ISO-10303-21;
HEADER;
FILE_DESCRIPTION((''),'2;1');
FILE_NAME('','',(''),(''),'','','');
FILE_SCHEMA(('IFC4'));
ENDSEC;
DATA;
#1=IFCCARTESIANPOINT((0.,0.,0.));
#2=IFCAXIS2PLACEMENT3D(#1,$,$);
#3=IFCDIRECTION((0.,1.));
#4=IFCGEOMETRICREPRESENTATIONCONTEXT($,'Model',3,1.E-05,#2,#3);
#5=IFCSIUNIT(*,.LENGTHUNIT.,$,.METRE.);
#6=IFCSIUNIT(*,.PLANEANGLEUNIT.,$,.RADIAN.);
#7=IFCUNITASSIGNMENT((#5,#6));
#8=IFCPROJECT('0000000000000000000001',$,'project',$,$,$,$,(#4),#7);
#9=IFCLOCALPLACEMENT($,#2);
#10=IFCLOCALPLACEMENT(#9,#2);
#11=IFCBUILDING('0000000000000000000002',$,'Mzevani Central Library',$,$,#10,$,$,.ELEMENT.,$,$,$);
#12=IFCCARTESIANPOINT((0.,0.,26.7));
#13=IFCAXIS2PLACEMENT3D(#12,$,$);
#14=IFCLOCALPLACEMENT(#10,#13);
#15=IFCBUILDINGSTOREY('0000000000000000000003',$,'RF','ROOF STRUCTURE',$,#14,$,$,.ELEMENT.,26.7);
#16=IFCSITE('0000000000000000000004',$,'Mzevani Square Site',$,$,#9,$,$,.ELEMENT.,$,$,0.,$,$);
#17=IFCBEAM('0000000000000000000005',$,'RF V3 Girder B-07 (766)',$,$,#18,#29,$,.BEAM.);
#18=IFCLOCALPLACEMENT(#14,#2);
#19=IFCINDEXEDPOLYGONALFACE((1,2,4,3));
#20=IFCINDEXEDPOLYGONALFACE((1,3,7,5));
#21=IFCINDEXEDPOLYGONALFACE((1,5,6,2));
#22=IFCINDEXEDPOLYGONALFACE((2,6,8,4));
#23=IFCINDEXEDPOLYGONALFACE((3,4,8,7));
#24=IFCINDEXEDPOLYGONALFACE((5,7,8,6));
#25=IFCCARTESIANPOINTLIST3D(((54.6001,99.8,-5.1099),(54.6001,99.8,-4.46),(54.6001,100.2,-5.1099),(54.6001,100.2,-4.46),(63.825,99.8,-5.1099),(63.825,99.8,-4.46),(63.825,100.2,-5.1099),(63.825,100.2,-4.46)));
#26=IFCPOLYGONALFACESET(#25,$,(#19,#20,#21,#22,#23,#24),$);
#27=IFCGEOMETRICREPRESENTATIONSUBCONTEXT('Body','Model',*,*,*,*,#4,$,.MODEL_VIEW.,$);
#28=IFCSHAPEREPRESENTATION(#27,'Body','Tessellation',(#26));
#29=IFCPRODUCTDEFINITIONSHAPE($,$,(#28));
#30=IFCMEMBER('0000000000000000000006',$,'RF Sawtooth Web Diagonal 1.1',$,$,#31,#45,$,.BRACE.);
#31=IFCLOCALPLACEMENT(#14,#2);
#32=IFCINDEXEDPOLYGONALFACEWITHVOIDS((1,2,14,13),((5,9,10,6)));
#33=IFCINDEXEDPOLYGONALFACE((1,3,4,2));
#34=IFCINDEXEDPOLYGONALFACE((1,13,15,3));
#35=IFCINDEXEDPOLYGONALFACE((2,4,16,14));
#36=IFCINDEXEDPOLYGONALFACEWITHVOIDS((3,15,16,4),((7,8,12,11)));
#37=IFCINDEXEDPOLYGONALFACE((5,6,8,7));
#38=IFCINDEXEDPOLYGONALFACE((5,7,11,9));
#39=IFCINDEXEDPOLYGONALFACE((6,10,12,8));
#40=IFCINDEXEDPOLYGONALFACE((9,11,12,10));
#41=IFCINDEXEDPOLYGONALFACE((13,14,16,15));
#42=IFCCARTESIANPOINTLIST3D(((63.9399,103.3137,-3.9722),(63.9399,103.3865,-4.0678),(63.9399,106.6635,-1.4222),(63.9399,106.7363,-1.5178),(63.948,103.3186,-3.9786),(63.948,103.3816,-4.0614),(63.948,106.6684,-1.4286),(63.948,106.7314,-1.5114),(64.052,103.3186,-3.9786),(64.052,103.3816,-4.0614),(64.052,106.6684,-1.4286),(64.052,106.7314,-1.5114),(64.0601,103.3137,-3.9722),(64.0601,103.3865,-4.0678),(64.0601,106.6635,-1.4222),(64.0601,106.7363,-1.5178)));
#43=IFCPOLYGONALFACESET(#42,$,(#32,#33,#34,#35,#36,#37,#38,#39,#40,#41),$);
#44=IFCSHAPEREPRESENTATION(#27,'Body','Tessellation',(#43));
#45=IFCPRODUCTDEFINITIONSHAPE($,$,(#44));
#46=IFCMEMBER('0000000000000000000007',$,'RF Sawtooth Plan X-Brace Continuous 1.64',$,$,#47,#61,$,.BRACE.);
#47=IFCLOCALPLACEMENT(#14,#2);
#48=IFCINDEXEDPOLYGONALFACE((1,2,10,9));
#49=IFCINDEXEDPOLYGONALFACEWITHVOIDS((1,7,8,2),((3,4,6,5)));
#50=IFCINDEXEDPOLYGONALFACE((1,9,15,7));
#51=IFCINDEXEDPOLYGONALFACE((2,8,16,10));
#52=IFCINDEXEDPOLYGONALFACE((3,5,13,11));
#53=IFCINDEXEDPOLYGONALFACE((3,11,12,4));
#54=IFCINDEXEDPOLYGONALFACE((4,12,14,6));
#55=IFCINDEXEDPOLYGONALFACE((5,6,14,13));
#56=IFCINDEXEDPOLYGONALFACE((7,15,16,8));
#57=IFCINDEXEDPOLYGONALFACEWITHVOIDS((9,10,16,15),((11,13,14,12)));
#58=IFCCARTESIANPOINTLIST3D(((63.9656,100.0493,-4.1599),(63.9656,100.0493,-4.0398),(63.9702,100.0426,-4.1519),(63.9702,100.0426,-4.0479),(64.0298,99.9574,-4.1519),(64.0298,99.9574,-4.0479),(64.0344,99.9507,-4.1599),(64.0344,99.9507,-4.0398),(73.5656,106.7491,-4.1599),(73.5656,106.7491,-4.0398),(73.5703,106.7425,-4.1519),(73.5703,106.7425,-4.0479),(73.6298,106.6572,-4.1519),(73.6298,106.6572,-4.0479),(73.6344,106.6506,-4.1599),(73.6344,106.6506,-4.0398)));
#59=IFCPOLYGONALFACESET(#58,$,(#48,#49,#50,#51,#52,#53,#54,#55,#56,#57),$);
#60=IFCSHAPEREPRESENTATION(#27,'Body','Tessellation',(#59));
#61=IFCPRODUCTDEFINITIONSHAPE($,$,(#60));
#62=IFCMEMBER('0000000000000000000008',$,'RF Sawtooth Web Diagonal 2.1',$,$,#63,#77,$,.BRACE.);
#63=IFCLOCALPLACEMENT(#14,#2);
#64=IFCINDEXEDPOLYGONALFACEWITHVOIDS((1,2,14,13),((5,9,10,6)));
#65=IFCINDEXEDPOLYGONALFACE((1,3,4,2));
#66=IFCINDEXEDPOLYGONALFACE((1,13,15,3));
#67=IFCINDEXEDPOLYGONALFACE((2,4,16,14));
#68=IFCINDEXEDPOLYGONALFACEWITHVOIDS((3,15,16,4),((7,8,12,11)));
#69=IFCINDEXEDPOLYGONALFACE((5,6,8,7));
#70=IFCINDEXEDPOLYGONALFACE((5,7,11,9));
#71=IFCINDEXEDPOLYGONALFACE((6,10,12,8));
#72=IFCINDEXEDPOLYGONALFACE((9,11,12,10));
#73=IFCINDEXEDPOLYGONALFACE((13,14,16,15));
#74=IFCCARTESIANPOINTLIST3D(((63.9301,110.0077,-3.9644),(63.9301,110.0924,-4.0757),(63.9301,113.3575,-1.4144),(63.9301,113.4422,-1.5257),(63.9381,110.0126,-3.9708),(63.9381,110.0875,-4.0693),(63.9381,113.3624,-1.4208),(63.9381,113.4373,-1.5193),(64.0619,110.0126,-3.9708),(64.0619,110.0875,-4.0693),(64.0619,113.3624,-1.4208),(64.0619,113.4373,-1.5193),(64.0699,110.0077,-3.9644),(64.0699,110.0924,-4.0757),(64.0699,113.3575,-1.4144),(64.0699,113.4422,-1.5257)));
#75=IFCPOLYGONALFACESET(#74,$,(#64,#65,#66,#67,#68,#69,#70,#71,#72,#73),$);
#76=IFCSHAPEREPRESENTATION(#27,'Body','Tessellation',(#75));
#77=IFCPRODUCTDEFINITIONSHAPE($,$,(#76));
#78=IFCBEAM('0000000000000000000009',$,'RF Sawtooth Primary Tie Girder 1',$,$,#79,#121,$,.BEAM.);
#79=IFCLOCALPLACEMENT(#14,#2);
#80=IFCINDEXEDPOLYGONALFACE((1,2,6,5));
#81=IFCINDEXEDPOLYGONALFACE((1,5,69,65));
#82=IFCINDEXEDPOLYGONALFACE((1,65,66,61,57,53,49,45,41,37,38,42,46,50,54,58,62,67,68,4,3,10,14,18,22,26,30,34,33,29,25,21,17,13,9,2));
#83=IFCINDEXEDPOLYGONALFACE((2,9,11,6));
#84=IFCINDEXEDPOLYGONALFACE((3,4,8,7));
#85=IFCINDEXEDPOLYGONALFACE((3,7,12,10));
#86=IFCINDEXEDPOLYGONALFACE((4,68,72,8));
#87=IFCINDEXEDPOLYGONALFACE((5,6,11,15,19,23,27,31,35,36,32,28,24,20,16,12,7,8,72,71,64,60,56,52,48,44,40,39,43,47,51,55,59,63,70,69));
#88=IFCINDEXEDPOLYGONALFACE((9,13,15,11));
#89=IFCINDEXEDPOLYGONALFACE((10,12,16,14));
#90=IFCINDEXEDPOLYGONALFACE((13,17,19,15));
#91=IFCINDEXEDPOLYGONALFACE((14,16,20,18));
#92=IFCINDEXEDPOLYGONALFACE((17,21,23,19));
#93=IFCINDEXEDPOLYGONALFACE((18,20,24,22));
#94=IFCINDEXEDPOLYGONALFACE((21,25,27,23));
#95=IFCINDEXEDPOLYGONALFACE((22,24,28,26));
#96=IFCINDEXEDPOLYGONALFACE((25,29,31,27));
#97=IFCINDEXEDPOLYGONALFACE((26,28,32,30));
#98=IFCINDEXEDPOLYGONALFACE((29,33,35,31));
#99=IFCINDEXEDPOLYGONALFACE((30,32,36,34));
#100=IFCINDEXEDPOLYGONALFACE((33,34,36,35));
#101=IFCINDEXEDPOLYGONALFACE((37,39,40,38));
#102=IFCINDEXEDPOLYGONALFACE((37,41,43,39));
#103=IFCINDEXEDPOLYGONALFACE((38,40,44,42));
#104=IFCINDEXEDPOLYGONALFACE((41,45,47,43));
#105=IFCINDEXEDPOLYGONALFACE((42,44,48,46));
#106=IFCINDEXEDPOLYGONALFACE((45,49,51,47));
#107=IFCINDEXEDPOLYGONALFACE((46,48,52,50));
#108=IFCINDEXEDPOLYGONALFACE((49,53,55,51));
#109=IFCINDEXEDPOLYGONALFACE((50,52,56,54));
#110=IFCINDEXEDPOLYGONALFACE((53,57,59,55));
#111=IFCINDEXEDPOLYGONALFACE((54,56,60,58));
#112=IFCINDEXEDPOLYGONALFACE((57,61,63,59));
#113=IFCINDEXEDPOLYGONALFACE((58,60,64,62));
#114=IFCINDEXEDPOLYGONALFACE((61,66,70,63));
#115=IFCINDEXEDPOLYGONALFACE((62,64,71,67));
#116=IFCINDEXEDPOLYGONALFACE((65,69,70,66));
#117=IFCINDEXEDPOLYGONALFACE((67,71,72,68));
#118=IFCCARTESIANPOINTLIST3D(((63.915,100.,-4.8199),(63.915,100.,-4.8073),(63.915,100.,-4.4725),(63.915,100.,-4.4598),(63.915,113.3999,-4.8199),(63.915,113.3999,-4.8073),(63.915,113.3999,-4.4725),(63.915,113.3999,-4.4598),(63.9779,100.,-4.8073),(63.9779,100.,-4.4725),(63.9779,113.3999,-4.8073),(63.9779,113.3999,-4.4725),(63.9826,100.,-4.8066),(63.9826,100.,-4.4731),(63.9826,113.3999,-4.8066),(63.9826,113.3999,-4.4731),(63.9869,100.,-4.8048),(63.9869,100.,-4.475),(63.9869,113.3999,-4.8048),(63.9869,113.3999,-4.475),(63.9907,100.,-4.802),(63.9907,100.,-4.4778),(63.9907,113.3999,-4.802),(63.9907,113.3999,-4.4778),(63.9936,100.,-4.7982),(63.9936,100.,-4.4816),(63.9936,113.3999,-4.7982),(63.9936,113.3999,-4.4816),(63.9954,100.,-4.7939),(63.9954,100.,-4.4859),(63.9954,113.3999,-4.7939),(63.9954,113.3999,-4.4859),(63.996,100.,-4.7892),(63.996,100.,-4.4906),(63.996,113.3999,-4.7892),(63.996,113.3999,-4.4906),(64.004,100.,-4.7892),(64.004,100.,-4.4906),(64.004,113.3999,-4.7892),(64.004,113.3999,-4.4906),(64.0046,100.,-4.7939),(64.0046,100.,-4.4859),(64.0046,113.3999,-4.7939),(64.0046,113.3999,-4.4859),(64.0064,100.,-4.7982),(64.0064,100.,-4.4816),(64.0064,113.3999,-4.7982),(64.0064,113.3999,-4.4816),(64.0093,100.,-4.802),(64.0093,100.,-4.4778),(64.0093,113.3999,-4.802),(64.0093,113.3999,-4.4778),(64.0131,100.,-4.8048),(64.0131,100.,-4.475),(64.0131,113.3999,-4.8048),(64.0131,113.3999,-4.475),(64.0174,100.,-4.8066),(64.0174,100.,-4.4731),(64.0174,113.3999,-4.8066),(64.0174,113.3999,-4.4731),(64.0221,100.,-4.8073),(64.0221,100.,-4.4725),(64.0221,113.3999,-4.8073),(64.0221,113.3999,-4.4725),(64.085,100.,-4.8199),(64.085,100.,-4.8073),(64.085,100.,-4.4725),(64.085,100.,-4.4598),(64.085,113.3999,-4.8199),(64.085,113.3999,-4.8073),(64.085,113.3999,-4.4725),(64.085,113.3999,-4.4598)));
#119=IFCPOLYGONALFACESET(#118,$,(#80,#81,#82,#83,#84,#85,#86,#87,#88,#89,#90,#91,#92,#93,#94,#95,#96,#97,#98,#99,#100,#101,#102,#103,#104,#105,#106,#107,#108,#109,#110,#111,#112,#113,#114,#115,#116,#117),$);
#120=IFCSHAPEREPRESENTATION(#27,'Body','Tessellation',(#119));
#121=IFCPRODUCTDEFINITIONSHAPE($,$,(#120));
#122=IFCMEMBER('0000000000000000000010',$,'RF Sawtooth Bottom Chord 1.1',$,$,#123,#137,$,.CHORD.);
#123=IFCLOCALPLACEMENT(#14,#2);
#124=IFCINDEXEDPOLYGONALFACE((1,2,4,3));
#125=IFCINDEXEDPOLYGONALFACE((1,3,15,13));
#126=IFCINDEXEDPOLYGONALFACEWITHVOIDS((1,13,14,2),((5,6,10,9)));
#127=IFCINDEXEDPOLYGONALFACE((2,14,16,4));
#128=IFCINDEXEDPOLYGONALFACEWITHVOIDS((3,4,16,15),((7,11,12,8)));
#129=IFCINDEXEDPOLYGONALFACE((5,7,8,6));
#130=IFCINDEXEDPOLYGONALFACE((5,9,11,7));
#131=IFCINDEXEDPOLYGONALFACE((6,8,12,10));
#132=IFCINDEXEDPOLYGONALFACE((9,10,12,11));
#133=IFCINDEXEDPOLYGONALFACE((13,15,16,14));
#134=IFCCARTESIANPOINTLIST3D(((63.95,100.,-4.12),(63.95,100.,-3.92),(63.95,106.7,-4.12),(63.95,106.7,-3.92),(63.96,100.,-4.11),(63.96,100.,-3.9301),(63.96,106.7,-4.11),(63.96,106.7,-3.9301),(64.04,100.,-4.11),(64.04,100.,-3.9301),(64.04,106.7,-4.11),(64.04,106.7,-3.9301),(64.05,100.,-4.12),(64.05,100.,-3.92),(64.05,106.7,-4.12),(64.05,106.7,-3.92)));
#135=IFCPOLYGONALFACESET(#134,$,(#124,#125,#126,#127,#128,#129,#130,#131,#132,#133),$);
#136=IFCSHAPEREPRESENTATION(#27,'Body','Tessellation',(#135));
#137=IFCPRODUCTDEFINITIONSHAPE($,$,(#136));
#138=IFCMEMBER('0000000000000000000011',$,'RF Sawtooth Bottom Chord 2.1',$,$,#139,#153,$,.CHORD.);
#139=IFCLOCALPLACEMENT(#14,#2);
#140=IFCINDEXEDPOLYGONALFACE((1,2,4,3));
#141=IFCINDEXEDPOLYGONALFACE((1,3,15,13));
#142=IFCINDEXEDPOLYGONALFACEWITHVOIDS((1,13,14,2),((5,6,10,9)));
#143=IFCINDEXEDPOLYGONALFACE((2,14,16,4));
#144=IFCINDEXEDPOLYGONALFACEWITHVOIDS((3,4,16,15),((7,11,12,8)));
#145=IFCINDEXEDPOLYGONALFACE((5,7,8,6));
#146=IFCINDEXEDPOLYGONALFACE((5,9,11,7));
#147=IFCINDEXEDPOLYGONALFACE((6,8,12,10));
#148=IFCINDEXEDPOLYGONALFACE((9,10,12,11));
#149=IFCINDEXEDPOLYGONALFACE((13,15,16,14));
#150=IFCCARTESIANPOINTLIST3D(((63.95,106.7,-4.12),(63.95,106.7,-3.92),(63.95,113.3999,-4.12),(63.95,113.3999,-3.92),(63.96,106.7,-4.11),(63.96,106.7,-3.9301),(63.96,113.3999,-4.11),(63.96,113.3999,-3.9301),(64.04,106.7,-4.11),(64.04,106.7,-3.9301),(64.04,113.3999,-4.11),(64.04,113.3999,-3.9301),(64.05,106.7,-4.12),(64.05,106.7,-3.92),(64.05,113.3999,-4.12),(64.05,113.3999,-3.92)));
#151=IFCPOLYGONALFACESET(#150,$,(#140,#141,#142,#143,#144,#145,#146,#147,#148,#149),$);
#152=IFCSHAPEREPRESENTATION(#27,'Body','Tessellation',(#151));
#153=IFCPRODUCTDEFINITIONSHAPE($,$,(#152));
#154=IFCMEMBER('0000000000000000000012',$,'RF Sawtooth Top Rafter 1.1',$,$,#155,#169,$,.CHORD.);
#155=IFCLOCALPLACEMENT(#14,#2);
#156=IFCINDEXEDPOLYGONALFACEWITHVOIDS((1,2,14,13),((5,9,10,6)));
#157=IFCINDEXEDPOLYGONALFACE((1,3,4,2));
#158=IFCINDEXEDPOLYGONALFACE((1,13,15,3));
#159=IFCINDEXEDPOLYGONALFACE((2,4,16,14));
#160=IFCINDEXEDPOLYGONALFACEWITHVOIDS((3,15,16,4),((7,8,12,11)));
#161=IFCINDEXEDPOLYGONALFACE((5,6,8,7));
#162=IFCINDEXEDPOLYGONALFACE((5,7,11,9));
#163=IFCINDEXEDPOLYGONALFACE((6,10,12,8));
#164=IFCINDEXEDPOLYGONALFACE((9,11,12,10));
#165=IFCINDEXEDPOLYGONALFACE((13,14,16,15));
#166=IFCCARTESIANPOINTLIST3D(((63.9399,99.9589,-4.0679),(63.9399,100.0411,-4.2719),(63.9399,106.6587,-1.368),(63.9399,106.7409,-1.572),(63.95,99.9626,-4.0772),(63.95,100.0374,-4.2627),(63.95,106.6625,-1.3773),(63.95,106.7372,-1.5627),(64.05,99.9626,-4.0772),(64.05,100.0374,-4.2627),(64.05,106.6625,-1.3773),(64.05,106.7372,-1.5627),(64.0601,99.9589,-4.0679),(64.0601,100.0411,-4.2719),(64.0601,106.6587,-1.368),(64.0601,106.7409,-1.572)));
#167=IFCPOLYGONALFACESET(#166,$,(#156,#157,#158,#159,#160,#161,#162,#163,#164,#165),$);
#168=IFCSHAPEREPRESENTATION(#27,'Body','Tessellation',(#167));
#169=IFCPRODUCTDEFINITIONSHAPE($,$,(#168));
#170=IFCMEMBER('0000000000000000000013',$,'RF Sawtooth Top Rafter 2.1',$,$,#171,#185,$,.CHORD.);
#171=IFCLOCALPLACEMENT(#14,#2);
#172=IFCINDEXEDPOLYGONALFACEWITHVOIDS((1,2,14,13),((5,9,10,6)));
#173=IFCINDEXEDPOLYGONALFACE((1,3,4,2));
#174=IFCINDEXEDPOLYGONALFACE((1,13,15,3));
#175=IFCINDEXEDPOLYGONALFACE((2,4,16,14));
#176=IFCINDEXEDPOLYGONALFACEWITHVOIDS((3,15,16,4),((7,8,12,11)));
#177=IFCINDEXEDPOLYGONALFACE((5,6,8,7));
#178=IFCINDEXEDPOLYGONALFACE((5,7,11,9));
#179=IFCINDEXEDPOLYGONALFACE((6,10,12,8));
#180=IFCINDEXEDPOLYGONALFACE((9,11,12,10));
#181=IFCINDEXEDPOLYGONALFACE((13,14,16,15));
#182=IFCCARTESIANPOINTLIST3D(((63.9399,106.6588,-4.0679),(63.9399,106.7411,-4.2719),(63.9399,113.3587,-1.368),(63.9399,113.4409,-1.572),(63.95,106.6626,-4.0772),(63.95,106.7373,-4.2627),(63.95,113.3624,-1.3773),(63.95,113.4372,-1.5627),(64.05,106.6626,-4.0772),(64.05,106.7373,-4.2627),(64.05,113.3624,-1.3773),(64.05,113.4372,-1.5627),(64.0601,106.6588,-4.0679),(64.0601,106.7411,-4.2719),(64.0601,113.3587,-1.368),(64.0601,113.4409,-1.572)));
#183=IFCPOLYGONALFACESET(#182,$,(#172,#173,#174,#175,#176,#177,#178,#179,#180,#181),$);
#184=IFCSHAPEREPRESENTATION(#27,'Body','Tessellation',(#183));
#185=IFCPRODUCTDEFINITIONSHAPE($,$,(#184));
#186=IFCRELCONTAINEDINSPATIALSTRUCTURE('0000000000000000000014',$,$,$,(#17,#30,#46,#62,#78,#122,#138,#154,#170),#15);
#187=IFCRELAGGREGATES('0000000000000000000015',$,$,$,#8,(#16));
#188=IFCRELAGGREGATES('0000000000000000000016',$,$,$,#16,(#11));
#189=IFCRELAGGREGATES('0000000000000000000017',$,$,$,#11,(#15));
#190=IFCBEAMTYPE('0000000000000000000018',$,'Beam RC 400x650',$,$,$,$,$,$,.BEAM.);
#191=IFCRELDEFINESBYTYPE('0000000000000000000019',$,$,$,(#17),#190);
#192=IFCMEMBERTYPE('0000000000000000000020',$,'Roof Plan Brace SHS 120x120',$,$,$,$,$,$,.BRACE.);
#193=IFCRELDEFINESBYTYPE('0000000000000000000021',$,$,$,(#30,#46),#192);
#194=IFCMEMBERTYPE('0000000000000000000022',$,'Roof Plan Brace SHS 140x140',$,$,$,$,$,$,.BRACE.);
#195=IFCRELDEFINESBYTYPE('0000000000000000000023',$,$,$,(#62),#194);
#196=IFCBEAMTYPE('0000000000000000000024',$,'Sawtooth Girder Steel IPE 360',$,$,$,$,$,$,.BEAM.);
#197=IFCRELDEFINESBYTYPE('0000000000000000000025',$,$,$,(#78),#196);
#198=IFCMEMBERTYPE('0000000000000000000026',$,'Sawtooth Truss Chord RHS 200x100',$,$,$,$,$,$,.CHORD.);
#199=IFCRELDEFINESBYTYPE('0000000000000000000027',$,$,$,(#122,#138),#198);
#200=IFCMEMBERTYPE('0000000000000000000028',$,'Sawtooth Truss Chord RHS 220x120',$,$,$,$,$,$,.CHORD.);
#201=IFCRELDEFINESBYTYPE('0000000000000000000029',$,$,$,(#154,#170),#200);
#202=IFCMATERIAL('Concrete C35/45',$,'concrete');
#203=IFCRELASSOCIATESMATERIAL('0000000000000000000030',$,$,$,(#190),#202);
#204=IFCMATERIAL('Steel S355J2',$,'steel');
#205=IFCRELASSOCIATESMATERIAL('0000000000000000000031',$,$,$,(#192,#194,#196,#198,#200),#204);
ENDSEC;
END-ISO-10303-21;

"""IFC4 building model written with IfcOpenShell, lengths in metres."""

from ifc_helpers import new_model, si_unit, direction, frame, origin, origin_2d, place, context, subcontext, project, spatial, rectangle, hollow_rectangle, i_section, extrude, material, material_profile, profile_set, type_object, element, save


model = new_model("IFC4")

# Units and contexts
model_context = context("Model", 3, precision=1e-05, world=origin(), true_north=direction((0.0, 1.0)))
body_context = subcontext(model_context, "Body", "Model", "MODEL_VIEW")
ifc_project = project(units=[si_unit("LENGTHUNIT", "METRE"), si_unit("PLANEANGLEUNIT", "RADIAN")], contexts=[model_context])

# Site, building, storey
site_placement = place(None, origin())
site = spatial("IfcSite", under=ifc_project, at=site_placement, Name="Mzevani Square Site", CompositionType="ELEMENT", RefElevation=0.0)
building_placement = place(site_placement, origin())
building = spatial("IfcBuilding", under=site, at=building_placement, Name="Mzevani Central Library", CompositionType="ELEMENT")
storey_placement = place(building_placement, frame((0.0, 0.0, 26.7)))
storey = spatial("IfcBuildingStorey", under=building, at=storey_placement, Name="RF", Description="ROOF STRUCTURE", CompositionType="ELEMENT", Elevation=26.7)

# Beam
ifc_material_1 = material(Name="Concrete C35/45", Category="concrete")
ifc_material_profile_1 = material_profile(ifc_material_1, rectangle(XDim=0.3999, YDim=0.6499, at=origin_2d()), Name="RC B400x650")
ifc_profile_set_1 = profile_set([ifc_material_profile_1], Name="Concrete C35/45")
beam_type_1 = type_object("IfcBeamType", Name="Beam RC 400x650", PredefinedType="BEAM", material=ifc_profile_set_1)
beam_1_placement = place(storey_placement, frame((54.6001, 100.0, -4.7849), z_axis=(1.0, 0.0, 0.0), x_axis=(0.0, 1.0, 0.0)))
element("IfcBeam", 1, at=beam_1_placement, inside=storey, type_object=beam_type_1, Name="RF V3 Girder B-07 (766)", PredefinedType="BEAM", context=body_context, shape_type="SweptSolid", body=[
    extrude(rectangle(XDim=0.3999, YDim=0.6499, at=origin_2d()), origin(), (0.0, 0.0, 1.0), 9.2249),
])

# Members
ifc_material_2 = material(Name="Steel S355J2", Category="steel")
ifc_material_profile_2 = material_profile(ifc_material_2, hollow_rectangle(XDim=0.1201, YDim=0.1201, WallThickness=0.0081, at=origin_2d()), Name="SHS 120x120x8.0")
ifc_profile_set_2 = profile_set([ifc_material_profile_2], Name="Steel S355J2")
member_type_1 = type_object("IfcMemberType", Name="Roof Plan Brace SHS 120x120", PredefinedType="BRACE", material=ifc_profile_set_2)
member_1_placement = place(storey_placement, frame((64.0, 103.3501, -4.02), z_axis=(0.0, 0.795686, 0.605709), x_axis=(-1.0, 0.0, 0.0)))
element("IfcMember", 2, at=member_1_placement, inside=storey, type_object=member_type_1, Name="RF Sawtooth Web Diagonal 1.1", PredefinedType="BRACE", context=body_context, shape_type="SweptSolid", body=[
    extrude(hollow_rectangle(XDim=0.1201, YDim=0.1201, WallThickness=0.0081, at=origin_2d()), origin(), (0.0, 0.0, 1.0), 4.21),
])
member_2_placement = place(storey_placement, frame((64.0, 100.0, -4.0999), z_axis=(0.820038, 0.572308, 0.0), x_axis=(-0.572308, 0.820038, 0.0)))
element("IfcMember", 3, at=member_2_placement, inside=storey, type_object=member_type_1, Name="RF Sawtooth Plan X-Brace Continuous 1.64", PredefinedType="BRACE", context=body_context, shape_type="SweptSolid", body=[
    extrude(hollow_rectangle(XDim=0.1201, YDim=0.1201, WallThickness=0.0081, at=origin_2d()), origin(), (0.0, 0.0, 1.0), 11.7068),
])
ifc_material_profile_3 = material_profile(ifc_material_2, hollow_rectangle(XDim=0.1399, YDim=0.1399, WallThickness=0.0081, at=origin_2d()), Name="SHS 140x140x8.0")
ifc_profile_set_3 = profile_set([ifc_material_profile_3], Name="Steel S355J2")
member_type_2 = type_object("IfcMemberType", Name="Roof Plan Brace SHS 140x140", PredefinedType="BRACE", material=ifc_profile_set_3)
member_3_placement = place(storey_placement, frame((64.0, 110.05, -4.02), z_axis=(0.0, 0.795686, 0.605709), x_axis=(-1.0, 0.0, 0.0)))
element("IfcMember", 4, at=member_3_placement, inside=storey, type_object=member_type_2, Name="RF Sawtooth Web Diagonal 2.1", PredefinedType="BRACE", context=body_context, shape_type="SweptSolid", body=[
    extrude(hollow_rectangle(XDim=0.1399, YDim=0.1399, WallThickness=0.0081, at=origin_2d()), origin(), (0.0, 0.0, 1.0), 4.21),
])

# Beam
ifc_material_profile_4 = material_profile(ifc_material_2, i_section(OverallWidth=0.1699, OverallDepth=0.3601, WebThickness=0.0081, FlangeThickness=0.0127, FilletRadius=0.0181, at=origin_2d()), Name="IPE 360")
ifc_profile_set_4 = profile_set([ifc_material_profile_4], Name="Steel S355J2")
beam_type_2 = type_object("IfcBeamType", Name="Sawtooth Girder Steel IPE 360", PredefinedType="BEAM", material=ifc_profile_set_4)
beam_2_placement = place(storey_placement, frame((64.0, 100.0, -4.6399), z_axis=(0.0, 1.0, 0.0), x_axis=(-1.0, 0.0, 0.0)))
element("IfcBeam", 5, at=beam_2_placement, inside=storey, type_object=beam_type_2, Name="RF Sawtooth Primary Tie Girder 1", PredefinedType="BEAM", context=body_context, shape_type="SweptSolid", body=[
    extrude(i_section(OverallWidth=0.1699, OverallDepth=0.3601, WebThickness=0.0081, FlangeThickness=0.0127, FilletRadius=0.0181, at=origin_2d()), origin(), (0.0, 0.0, 1.0), 13.3999),
])

# Members
ifc_material_profile_5 = material_profile(ifc_material_2, hollow_rectangle(XDim=0.1001, YDim=0.2, WallThickness=0.01, at=origin_2d()), Name="RHS 200x100x10.0")
ifc_profile_set_5 = profile_set([ifc_material_profile_5], Name="Steel S355J2")
member_type_3 = type_object("IfcMemberType", Name="Sawtooth Truss Chord RHS 200x100", PredefinedType="CHORD", material=ifc_profile_set_5)
for number, where, z_axis, x_axis, name in (
    (6, (64.0, 100.0, -4.02), (0.0, 1.0, 0.0), (-1.0, 0.0, 0.0), "RF Sawtooth Bottom Chord 1.1"),
    (7, (64.0, 106.7, -4.02), (0.0, 1.0, 0.0), (-1.0, 0.0, 0.0), "RF Sawtooth Bottom Chord 2.1"),
):
    element("IfcMember", number, at=place(storey_placement, frame(where, z_axis=z_axis, x_axis=x_axis)), inside=storey, type_object=member_type_3, Name=name, PredefinedType="CHORD", context=body_context, shape_type="SweptSolid", body=[
        extrude(hollow_rectangle(XDim=0.1001, YDim=0.2, WallThickness=0.01, at=origin_2d()), origin(), (0.0, 0.0, 1.0), 6.7),
    ])
ifc_material_profile_6 = material_profile(ifc_material_2, hollow_rectangle(XDim=0.1201, YDim=0.22, WallThickness=0.01, at=origin_2d()), Name="RHS 220x120x10.0")
ifc_profile_set_6 = profile_set([ifc_material_profile_6], Name="Steel S355J2")
member_type_4 = type_object("IfcMemberType", Name="Sawtooth Truss Chord RHS 220x120", PredefinedType="CHORD", material=ifc_profile_set_6)
for number, where, z_axis, x_axis, name in (
    (8, (64.0, 100.0, -4.1699), (0.0, 0.92752, 0.373773), (-1.0, 0.0, 0.0), "RF Sawtooth Top Rafter 1.1"),
    (9, (64.0, 106.7, -4.1699), (0.0, 0.92752, 0.373773), (-1.0, 0.0, 0.0), "RF Sawtooth Top Rafter 2.1"),
):
    element("IfcMember", number, at=place(storey_placement, frame(where, z_axis=z_axis, x_axis=x_axis)), inside=storey, type_object=member_type_4, Name=name, PredefinedType="CHORD", context=body_context, shape_type="SweptSolid", body=[
        extrude(hollow_rectangle(XDim=0.1201, YDim=0.22, WallThickness=0.01, at=origin_2d()), origin(), (0.0, 0.0, 1.0), 7.2234),
    ])

save(model, "model.ifc")
